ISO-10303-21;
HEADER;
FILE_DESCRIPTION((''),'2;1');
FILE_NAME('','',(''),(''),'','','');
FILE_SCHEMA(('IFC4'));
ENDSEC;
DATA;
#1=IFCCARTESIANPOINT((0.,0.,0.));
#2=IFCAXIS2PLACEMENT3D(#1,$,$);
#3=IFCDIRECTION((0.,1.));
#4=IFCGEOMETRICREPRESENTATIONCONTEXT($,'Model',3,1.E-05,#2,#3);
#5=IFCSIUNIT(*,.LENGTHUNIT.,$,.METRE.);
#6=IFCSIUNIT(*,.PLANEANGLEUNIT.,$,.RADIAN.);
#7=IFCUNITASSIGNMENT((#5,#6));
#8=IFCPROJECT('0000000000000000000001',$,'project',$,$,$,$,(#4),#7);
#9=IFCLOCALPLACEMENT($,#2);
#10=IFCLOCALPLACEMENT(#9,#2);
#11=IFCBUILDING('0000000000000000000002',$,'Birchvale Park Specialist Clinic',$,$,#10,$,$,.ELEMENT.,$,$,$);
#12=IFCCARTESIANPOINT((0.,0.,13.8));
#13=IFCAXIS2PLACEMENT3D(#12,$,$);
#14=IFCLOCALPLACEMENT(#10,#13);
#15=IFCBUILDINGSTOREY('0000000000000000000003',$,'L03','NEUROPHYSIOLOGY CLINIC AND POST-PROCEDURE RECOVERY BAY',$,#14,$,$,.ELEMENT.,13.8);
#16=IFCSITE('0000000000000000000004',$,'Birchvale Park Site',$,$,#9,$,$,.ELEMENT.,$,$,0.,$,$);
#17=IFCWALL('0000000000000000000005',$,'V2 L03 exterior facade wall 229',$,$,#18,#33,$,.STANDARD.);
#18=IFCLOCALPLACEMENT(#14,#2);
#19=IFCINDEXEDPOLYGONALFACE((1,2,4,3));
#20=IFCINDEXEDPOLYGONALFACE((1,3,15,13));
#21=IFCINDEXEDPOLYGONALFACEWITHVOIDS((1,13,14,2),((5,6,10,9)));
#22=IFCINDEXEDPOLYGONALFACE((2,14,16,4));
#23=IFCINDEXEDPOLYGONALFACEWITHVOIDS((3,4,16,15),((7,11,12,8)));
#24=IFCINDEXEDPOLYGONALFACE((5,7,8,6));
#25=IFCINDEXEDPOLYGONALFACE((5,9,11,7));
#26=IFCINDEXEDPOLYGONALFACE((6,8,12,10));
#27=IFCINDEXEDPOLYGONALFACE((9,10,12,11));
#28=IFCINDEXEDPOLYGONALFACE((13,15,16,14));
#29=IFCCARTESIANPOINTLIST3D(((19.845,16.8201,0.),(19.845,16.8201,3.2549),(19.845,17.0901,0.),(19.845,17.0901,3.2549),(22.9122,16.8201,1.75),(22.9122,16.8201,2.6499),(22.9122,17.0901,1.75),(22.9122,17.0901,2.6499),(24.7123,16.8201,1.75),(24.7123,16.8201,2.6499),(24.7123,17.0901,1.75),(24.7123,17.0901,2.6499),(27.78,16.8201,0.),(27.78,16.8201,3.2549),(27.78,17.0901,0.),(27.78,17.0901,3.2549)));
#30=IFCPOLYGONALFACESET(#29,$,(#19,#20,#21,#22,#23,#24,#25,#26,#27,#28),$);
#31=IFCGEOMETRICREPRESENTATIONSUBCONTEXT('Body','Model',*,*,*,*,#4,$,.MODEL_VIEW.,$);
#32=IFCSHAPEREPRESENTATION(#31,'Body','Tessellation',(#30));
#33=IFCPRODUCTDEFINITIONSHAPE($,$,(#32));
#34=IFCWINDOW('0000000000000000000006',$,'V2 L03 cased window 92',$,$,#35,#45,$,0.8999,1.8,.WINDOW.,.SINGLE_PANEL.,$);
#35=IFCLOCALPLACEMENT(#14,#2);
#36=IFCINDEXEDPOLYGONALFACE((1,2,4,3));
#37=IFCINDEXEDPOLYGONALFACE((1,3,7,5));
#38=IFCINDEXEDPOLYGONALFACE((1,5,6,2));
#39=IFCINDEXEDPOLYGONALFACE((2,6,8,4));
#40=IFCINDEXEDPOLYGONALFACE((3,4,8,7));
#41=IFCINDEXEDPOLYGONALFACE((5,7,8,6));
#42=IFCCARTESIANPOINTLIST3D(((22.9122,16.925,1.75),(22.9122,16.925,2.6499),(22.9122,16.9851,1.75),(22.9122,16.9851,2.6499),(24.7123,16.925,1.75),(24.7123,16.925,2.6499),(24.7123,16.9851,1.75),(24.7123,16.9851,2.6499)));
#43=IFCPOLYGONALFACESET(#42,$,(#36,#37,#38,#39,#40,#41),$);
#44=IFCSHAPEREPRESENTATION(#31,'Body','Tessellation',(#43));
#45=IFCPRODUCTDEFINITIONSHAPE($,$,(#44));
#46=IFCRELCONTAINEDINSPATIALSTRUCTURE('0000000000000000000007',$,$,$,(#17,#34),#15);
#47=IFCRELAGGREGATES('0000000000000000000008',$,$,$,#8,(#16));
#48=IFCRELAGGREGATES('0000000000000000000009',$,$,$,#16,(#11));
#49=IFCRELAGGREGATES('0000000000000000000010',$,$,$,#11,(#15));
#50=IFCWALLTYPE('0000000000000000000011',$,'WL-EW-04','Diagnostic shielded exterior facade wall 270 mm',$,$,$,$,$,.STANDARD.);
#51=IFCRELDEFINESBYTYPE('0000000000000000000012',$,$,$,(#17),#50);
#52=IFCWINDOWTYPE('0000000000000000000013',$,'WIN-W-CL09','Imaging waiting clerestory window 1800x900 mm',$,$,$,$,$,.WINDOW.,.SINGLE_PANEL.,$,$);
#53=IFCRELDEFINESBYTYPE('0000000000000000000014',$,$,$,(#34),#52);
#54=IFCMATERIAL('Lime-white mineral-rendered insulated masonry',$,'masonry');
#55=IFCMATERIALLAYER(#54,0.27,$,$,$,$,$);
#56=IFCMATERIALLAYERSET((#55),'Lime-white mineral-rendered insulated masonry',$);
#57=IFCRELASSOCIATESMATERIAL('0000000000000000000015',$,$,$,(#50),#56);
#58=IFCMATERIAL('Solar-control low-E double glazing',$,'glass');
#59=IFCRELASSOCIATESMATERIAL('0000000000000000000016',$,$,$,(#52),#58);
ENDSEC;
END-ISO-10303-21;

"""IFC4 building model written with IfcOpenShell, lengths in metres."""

from ifc_helpers import new_model, si_unit, direction, frame, frame_2d, origin, place, context, subcontext, project, spatial, rectangle, extrude, material, layer, layer_set, type_object, element, fill, save


model = new_model("IFC4")

# Units and contexts
model_context = context("Model", 3, precision=1e-05, world=origin(), true_north=direction((0.0, 1.0)))
body_context = subcontext(model_context, "Body", "Model", "MODEL_VIEW")
ifc_project = project(units=[si_unit("LENGTHUNIT", "METRE"), si_unit("PLANEANGLEUNIT", "RADIAN")], contexts=[model_context])

# Site, building, storey
site_placement = place(None, origin())
site = spatial("IfcSite", under=ifc_project, at=site_placement, Name="Birchvale Park Site", CompositionType="ELEMENT", RefElevation=0.0)
building_placement = place(site_placement, origin())
building = spatial("IfcBuilding", under=site, at=building_placement, Name="Birchvale Park Specialist Clinic", CompositionType="ELEMENT")
storey_placement = place(building_placement, frame((0.0, 0.0, 13.8)))
storey = spatial("IfcBuildingStorey", under=building, at=storey_placement, Name="L03", Description="NEUROPHYSIOLOGY CLINIC AND POST-PROCEDURE RECOVERY BAY", CompositionType="ELEMENT", Elevation=13.8)

# Shared definitions
ifc_material_1 = material(Name="Solar-control low-E double glazing", Category="glass")

# Shared definitions
ifc_material_2 = material(Name="Lime-white mineral-rendered insulated masonry", Category="masonry")
ifc_layer_1 = layer(ifc_material_2, 0.27)
ifc_layer_set_1 = layer_set([ifc_layer_1], Name="Lime-white mineral-rendered insulated masonry")
wall_type = type_object("IfcWallType", Name="WL-EW-04", Description="Diagnostic shielded exterior facade wall 270 mm", PredefinedType="STANDARD", material=ifc_layer_set_1)

# Wall, opening, window
wall_1_placement = place(storey_placement, frame((19.845, 16.9551, 0.0), z_axis=(0.0, 0.0, 1.0), x_axis=(1.0, 0.0, 0.0)))
wall_1 = element("IfcWall", 1, at=wall_1_placement, inside=storey, type_object=wall_type, Name="V2 L03 exterior facade wall 229", PredefinedType="STANDARD", context=body_context, shape_type="SweptSolid", body=[
    extrude(rectangle(XDim=7.9351, YDim=0.27, at=frame_2d((3.9675, 0.0))), origin(), (0.0, 0.0, 1.0), 3.2549),
])
opening_1_placement = place(wall_1_placement, frame((3.0674, 0.0, 1.75)))
opening_1 = element("IfcOpeningElement", 2, at=opening_1_placement, cuts=wall_1, PredefinedType="OPENING", context=body_context, shape_type="SweptSolid", body=[
    extrude(rectangle(XDim=1.8, YDim=0.8999, at=frame_2d((0.8999, 0.45))), frame((0.0, 0.145, 0.0), z_axis=(0.0, -1.0, 0.0), x_axis=(1.0, 0.0, 0.0)), (0.0, 0.0, 1.0), 0.29),
])
window_type_1 = type_object("IfcWindowType", Name="WIN-W-CL09", Description="Imaging waiting clerestory window 1800x900 mm", PartitioningType="SINGLE_PANEL", PredefinedType="WINDOW", material=ifc_material_1)
window_1_placement = place(opening_1_placement, origin())
window_1 = element("IfcWindow", 3, at=window_1_placement, inside=storey, type_object=window_type_1, Name="V2 L03 cased window 92", OverallHeight=0.8999, OverallWidth=1.8, PartitioningType="SINGLE_PANEL", PredefinedType="WINDOW", context=body_context, shape_type="SweptSolid", body=[
    extrude(rectangle(XDim=1.8, YDim=0.8999, at=frame_2d((0.8999, 0.45))), frame((0.0, 0.03, 0.0), z_axis=(0.0, -1.0, 0.0), x_axis=(1.0, 0.0, 0.0)), (0.0, 0.0, 1.0), 0.0601),
])
fill(opening_1, window_1)

save(model, "model.ifc")
